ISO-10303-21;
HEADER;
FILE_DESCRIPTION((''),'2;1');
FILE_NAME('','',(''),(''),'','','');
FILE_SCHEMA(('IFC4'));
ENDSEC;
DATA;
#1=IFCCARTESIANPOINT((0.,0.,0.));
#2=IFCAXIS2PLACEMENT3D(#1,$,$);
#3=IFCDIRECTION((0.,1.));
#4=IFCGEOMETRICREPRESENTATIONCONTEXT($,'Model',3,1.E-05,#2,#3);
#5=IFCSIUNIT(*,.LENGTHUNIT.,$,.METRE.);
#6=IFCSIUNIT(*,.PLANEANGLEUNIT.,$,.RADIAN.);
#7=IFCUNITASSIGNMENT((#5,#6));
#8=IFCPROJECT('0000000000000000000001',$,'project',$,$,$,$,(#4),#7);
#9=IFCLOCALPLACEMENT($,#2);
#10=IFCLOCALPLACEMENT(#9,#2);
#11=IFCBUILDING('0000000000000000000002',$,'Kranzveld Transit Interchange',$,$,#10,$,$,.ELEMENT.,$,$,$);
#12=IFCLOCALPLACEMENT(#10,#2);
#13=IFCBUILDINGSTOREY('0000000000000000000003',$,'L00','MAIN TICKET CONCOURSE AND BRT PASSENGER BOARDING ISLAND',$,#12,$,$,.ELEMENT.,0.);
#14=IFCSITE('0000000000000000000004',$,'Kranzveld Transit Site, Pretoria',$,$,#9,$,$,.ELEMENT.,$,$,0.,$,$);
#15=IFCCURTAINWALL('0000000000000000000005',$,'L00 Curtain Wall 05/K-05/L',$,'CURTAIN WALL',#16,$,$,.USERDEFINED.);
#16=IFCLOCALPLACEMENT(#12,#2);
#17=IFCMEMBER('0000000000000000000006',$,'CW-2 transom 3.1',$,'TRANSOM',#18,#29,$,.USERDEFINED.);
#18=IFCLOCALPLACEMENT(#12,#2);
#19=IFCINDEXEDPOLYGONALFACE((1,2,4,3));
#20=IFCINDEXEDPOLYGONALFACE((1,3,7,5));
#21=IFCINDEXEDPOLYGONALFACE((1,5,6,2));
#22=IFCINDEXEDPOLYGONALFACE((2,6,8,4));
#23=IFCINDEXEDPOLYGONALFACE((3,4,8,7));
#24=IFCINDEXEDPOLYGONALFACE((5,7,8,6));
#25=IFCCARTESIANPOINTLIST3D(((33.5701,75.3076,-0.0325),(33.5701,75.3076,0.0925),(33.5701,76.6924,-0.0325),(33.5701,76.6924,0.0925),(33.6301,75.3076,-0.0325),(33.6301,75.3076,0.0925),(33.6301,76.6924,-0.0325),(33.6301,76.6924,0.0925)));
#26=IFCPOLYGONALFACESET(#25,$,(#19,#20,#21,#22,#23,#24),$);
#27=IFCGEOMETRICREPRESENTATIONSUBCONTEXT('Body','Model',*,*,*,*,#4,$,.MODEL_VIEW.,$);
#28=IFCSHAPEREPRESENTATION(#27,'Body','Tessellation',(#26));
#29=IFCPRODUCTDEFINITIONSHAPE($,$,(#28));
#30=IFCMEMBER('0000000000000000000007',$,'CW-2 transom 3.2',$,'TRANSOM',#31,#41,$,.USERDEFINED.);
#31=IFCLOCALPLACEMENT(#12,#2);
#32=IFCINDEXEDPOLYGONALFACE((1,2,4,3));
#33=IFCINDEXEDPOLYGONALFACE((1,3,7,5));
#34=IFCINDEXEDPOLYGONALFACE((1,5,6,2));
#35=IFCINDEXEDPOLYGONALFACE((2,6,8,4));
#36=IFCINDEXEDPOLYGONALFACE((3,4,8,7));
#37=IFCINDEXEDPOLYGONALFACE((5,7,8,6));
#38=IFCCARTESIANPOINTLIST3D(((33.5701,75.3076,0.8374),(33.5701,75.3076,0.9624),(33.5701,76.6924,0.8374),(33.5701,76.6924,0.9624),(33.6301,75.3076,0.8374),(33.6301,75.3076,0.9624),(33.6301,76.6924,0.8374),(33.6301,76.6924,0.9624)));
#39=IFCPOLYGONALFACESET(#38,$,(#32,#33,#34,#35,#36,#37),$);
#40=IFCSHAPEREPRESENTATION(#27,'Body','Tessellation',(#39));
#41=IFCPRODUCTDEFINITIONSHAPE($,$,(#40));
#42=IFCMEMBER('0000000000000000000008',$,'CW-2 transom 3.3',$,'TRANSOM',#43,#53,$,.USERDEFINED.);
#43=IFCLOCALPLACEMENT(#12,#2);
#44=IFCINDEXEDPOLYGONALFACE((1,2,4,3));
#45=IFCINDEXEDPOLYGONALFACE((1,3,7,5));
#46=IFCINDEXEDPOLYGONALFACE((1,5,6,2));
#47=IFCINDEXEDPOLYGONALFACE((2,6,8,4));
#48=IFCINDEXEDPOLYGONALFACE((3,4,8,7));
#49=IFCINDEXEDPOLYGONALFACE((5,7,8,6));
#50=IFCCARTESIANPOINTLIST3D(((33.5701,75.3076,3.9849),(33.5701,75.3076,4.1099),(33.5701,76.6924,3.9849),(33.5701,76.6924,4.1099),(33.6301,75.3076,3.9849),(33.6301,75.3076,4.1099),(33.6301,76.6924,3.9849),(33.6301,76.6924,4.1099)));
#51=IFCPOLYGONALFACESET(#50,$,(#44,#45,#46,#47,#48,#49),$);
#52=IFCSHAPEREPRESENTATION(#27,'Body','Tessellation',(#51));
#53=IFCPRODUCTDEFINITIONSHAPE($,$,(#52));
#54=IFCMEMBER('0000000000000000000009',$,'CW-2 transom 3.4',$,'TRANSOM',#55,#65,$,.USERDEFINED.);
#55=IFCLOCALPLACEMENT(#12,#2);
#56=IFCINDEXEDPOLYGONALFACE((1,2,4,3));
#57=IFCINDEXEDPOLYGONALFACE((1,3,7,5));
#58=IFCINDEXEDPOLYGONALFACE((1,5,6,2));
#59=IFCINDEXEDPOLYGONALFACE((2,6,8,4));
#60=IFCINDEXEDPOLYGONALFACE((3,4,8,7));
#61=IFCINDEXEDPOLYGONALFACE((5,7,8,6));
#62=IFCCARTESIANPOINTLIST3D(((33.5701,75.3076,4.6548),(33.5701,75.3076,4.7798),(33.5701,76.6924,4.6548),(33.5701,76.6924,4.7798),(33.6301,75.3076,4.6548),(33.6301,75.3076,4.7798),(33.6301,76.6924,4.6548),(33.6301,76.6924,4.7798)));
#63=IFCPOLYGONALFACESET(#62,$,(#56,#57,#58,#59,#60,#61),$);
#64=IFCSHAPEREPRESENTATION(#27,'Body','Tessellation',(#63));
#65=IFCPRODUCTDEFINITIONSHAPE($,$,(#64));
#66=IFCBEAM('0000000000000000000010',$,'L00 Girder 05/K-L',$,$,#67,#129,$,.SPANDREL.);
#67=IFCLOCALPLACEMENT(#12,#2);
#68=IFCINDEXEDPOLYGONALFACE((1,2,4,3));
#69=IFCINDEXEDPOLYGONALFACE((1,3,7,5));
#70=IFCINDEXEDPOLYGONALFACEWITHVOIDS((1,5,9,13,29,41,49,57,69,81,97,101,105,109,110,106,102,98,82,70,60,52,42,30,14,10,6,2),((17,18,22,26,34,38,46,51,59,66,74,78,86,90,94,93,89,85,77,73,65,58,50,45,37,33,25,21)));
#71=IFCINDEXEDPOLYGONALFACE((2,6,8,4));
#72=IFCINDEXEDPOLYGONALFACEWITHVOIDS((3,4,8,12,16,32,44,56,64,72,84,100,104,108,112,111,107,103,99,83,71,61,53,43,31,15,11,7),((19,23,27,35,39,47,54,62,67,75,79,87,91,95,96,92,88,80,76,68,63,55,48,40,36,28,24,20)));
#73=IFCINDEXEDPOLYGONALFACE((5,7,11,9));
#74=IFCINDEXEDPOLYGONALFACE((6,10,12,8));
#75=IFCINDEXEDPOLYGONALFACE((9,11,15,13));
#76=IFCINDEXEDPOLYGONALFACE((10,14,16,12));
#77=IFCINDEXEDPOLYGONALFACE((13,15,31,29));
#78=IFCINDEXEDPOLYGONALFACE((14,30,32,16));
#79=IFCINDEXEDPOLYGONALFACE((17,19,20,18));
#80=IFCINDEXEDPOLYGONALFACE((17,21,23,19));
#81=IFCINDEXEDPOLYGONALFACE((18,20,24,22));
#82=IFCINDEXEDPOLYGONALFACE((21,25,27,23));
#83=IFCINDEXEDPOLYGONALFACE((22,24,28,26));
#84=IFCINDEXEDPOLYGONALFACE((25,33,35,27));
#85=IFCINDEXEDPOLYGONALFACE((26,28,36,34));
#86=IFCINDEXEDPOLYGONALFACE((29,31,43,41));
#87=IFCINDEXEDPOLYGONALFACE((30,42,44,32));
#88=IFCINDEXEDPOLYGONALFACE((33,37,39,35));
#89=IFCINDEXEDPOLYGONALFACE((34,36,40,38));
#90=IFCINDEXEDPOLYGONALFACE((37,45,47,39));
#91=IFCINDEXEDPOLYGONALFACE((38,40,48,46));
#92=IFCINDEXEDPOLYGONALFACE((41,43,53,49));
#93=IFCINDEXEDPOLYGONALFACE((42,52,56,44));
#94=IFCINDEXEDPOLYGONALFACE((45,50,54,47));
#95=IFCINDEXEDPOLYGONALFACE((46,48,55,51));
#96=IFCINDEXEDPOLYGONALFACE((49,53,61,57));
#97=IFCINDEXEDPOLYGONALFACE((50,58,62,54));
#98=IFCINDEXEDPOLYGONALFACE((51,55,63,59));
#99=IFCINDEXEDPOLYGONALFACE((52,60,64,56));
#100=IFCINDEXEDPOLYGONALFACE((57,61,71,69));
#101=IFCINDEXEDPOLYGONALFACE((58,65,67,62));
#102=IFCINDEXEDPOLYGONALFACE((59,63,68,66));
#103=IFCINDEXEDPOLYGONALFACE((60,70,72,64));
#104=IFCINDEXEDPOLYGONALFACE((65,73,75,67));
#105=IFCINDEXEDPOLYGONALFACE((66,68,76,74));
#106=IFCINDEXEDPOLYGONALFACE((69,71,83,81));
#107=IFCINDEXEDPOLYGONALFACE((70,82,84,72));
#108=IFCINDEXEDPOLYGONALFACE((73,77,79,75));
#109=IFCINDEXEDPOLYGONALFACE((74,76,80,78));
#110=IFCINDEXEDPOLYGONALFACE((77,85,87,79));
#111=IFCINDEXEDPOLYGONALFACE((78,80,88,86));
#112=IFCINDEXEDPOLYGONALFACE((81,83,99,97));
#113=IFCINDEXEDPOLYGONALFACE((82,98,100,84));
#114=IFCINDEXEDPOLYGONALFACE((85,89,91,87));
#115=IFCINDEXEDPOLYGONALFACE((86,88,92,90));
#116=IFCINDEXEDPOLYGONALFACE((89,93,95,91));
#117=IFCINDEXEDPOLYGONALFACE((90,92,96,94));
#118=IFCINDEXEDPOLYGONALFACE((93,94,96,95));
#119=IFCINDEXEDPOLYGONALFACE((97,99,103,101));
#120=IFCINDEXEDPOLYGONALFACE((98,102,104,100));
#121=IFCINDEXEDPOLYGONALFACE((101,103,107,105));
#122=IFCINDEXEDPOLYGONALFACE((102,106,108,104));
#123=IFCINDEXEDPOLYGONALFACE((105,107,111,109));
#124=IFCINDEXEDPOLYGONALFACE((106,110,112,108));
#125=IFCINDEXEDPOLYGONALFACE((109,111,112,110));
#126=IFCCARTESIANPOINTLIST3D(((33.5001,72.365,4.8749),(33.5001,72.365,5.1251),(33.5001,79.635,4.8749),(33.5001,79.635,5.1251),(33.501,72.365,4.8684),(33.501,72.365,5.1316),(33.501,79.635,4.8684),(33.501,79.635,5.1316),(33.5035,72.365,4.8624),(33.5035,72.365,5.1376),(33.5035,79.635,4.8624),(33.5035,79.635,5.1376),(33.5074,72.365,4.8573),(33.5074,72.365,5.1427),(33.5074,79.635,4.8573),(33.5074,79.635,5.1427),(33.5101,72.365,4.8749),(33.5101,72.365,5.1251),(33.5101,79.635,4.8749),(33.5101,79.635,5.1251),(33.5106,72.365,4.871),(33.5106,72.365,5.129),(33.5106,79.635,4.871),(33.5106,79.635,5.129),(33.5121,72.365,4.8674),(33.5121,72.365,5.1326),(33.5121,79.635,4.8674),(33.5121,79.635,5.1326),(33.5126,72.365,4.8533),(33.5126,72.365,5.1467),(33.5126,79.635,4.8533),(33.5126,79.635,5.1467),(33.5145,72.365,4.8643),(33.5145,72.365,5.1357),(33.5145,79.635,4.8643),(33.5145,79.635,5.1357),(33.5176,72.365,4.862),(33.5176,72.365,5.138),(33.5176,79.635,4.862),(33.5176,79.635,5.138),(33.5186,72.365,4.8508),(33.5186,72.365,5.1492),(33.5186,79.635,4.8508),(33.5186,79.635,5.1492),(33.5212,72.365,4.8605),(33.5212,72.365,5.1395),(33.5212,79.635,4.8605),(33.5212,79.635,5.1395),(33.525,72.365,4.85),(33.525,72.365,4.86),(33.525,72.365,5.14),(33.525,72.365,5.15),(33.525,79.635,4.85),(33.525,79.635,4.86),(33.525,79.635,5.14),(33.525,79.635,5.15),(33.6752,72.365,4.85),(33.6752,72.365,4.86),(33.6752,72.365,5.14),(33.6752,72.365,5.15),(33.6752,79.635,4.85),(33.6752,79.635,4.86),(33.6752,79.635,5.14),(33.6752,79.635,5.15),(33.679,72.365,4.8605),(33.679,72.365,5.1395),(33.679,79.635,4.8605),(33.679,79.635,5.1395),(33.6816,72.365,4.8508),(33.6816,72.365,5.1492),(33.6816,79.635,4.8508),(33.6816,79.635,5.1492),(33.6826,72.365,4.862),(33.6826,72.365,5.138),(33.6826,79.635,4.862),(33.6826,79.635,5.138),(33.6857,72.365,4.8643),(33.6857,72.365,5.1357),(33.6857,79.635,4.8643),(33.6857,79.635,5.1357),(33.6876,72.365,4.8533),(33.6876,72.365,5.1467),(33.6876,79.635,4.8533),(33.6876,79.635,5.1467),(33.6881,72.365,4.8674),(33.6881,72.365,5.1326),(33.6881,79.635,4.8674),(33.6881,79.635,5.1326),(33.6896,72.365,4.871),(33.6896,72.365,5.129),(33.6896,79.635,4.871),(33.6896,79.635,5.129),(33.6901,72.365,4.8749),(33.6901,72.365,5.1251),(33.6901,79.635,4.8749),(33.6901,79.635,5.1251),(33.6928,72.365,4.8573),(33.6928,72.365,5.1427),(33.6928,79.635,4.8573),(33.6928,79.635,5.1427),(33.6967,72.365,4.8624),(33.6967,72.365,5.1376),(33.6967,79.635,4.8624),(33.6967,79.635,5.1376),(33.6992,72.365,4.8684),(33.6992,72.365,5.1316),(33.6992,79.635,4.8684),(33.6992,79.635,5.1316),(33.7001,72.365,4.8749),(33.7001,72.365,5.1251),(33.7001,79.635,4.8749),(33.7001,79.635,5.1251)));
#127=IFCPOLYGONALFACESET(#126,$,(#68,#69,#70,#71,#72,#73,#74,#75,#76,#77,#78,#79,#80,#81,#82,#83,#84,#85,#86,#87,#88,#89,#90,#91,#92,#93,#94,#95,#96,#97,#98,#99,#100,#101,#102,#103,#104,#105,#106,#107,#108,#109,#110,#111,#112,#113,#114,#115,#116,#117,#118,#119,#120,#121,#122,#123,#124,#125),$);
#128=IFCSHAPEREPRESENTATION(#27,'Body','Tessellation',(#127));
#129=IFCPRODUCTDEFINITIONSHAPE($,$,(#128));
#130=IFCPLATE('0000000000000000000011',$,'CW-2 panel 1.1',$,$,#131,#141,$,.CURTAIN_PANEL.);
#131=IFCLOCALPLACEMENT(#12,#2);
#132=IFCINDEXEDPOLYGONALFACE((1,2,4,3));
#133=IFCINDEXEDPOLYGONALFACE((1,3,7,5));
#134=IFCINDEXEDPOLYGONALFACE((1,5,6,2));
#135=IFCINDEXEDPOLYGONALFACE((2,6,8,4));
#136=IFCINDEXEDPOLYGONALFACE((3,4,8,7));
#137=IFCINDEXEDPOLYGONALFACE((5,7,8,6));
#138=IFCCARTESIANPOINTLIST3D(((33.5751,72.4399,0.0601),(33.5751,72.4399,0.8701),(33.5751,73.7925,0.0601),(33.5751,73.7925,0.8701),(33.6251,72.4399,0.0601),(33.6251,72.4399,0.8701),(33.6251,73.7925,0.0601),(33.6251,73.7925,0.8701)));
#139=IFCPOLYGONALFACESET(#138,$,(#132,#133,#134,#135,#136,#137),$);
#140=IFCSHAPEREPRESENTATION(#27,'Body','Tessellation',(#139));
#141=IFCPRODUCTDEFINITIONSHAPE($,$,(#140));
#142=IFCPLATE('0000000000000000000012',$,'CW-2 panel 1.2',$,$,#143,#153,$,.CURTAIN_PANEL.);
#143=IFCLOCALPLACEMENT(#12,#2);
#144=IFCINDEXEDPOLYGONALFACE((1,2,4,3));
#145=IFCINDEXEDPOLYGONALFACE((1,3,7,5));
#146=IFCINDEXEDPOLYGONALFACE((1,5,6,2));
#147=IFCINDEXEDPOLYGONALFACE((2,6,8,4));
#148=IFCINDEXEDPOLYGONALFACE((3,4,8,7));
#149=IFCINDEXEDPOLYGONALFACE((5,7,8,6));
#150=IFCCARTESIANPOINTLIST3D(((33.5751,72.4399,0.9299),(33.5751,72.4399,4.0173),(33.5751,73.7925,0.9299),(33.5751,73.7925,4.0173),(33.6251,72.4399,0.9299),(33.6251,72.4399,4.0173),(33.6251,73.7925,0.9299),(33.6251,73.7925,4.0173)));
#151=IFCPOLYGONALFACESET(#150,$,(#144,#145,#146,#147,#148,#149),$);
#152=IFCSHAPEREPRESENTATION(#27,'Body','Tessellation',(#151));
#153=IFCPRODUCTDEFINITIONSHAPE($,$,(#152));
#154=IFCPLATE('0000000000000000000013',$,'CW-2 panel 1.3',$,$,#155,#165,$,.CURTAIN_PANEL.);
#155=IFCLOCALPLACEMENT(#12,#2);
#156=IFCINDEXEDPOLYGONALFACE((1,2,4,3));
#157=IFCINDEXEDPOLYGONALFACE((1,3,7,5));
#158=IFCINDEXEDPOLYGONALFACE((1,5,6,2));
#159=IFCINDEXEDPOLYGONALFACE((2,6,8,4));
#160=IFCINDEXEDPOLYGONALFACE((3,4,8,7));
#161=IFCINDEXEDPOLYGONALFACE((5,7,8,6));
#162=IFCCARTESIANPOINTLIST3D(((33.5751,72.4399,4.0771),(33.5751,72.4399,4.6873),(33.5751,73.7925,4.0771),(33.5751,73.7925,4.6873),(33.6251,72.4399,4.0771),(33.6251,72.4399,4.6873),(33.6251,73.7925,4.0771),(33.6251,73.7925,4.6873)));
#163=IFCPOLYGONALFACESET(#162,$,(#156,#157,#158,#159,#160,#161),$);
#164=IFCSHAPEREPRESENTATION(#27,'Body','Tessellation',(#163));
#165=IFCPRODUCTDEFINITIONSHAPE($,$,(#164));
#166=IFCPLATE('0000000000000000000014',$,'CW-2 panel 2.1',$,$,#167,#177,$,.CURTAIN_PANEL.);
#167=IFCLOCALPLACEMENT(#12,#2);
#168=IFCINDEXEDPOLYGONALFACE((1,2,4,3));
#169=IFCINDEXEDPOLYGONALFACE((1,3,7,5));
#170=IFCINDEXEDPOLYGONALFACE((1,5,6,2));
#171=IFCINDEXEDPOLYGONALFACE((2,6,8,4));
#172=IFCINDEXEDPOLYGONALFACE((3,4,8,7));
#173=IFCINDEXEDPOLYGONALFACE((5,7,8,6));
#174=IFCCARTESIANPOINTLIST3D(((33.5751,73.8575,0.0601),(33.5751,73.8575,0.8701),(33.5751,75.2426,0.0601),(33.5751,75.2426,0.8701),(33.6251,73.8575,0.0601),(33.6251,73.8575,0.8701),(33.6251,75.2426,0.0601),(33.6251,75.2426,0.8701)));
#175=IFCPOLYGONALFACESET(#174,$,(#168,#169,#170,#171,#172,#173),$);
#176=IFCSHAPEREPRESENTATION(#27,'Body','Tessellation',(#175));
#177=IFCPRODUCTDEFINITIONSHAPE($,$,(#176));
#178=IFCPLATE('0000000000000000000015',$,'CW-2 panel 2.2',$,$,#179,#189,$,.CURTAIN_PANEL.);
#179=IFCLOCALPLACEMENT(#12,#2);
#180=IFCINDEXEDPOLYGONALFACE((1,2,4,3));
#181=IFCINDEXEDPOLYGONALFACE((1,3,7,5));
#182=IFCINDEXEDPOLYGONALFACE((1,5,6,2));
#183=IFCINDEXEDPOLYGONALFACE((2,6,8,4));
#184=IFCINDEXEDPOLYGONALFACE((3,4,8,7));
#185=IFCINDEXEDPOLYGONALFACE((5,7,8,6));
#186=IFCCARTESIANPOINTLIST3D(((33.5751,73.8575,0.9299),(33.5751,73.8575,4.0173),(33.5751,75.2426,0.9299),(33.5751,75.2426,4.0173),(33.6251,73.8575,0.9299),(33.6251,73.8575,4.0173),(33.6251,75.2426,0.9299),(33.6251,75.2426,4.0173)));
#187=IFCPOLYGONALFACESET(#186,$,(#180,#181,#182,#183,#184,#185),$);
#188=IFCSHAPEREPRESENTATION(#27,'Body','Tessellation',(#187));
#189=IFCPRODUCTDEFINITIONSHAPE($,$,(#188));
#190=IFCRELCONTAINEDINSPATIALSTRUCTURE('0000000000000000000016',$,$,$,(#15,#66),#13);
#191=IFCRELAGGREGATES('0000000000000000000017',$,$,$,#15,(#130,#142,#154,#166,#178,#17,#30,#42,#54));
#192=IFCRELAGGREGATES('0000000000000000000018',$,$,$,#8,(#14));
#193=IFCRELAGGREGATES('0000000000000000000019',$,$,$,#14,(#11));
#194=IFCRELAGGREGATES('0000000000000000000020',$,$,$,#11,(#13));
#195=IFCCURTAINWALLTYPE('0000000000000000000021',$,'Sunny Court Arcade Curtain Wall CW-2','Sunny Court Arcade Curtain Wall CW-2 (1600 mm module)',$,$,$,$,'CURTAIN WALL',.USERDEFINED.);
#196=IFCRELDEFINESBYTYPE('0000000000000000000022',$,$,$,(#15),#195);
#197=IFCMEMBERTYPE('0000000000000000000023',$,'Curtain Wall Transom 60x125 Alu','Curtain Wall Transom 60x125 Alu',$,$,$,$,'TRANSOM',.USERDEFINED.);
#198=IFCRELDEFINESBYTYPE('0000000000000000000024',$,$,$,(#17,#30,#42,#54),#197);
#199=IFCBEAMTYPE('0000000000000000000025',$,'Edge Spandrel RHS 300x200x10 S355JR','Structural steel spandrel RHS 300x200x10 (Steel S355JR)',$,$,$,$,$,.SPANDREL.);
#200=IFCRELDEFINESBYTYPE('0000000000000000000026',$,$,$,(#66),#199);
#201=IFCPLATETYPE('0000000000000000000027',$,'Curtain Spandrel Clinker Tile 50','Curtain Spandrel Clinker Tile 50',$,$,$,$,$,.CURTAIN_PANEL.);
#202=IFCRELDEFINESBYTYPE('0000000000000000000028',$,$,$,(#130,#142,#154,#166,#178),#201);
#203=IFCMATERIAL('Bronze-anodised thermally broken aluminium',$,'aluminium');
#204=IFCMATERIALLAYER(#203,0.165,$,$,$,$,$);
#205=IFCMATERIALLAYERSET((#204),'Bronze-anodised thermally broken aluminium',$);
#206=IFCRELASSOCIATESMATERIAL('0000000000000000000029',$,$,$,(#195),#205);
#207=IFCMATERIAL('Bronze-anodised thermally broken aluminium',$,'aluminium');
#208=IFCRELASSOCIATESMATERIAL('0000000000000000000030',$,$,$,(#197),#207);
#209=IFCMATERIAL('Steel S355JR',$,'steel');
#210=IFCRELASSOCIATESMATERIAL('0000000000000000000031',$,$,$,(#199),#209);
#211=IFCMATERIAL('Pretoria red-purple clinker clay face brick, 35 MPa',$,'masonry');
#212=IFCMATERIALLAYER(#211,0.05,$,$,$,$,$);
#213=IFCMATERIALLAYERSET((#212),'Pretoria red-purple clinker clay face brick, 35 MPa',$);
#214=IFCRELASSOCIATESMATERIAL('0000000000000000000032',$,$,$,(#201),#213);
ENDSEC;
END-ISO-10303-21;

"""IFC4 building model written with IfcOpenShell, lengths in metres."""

from ifc_helpers import new_model, si_unit, direction, frame, origin, origin_2d, place, context, subcontext, project, spatial, rectangle, hollow_rectangle, extrude, material, layer, layer_set, material_profile, profile_set, type_object, element, aggregate, save


model = new_model("IFC4")

# Units and contexts
model_context = context("Model", 3, precision=1e-05, world=origin(), true_north=direction((0.0, 1.0)))
body_context = subcontext(model_context, "Body", "Model", "MODEL_VIEW")
ifc_project = project(units=[si_unit("LENGTHUNIT", "METRE"), si_unit("PLANEANGLEUNIT", "RADIAN")], contexts=[model_context])

# Site, building, storey
site_placement = place(None, origin())
site = spatial("IfcSite", under=ifc_project, at=site_placement, Name="Kranzveld Transit Site, Pretoria", CompositionType="ELEMENT", RefElevation=0.0)
building_placement = place(site_placement, origin())
building = spatial("IfcBuilding", under=site, at=building_placement, Name="Kranzveld Transit Interchange", CompositionType="ELEMENT")
storey_placement = place(building_placement, origin())
storey = spatial("IfcBuildingStorey", under=building, at=storey_placement, Name="L00", Description="MAIN TICKET CONCOURSE AND BRT PASSENGER BOARDING ISLAND", CompositionType="ELEMENT", Elevation=0.0)

# Curtain wall
ifc_material_1 = material(Name="Bronze-anodised thermally broken aluminium", Category="aluminium")
ifc_layer_1 = layer(ifc_material_1, 0.165)
ifc_layer_set_1 = layer_set([ifc_layer_1], Name="Bronze-anodised thermally broken aluminium")
curtain_wall_type_1 = type_object("IfcCurtainWallType", Name="Sunny Court Arcade Curtain Wall CW-2", Description="Sunny Court Arcade Curtain Wall CW-2 (1600 mm module)", ElementType="CURTAIN WALL", PredefinedType="USERDEFINED", material=ifc_layer_set_1)
curtain_wall_1_placement = place(storey_placement, origin())
curtain_wall_1 = element("IfcCurtainWall", 1, at=curtain_wall_1_placement, inside=storey, type_object=curtain_wall_type_1, Name="L00 Curtain Wall 05/K-05/L", ObjectType="CURTAIN WALL", PredefinedType="USERDEFINED")

# Members
ifc_material_2 = material(Name="Bronze-anodised thermally broken aluminium", Category="aluminium")
ifc_material_profile_1 = material_profile(ifc_material_2, rectangle(XDim=0.0601, YDim=0.125, at=origin_2d()), Name="ALU TRANSOM 60x125")
ifc_profile_set_1 = profile_set([ifc_material_profile_1], Name="Bronze-anodised thermally broken aluminium")
member_type_1 = type_object("IfcMemberType", Name="Curtain Wall Transom 60x125 Alu", Description="Curtain Wall Transom 60x125 Alu", ElementType="TRANSOM", PredefinedType="USERDEFINED", material=ifc_profile_set_1)
member_1_placement = place(storey_placement, frame((33.6001, 75.3076, 0.03), z_axis=(0.0, 1.0, 0.0), x_axis=(-1.0, 0.0, 0.0)))
member_1 = element("IfcMember", 2, at=member_1_placement, type_object=member_type_1, Name="CW-2 transom 3.1", ObjectType="TRANSOM", PredefinedType="USERDEFINED", context=body_context, shape_type="SweptSolid", body=[
    extrude(rectangle(XDim=0.0601, YDim=0.125, at=origin_2d()), origin(), (0.0, 0.0, 1.0), 1.3848),
])
member_2_placement = place(storey_placement, frame((33.6001, 75.3076, 0.8999), z_axis=(0.0, 1.0, 0.0), x_axis=(-1.0, 0.0, 0.0)))
member_2 = element("IfcMember", 3, at=member_2_placement, type_object=member_type_1, Name="CW-2 transom 3.2", ObjectType="TRANSOM", PredefinedType="USERDEFINED", context=body_context, shape_type="SweptSolid", body=[
    extrude(rectangle(XDim=0.0601, YDim=0.125, at=origin_2d()), origin(), (0.0, 0.0, 1.0), 1.3848),
])
member_3_placement = place(storey_placement, frame((33.6001, 75.3076, 4.0474), z_axis=(0.0, 1.0, 0.0), x_axis=(-1.0, 0.0, 0.0)))
member_3 = element("IfcMember", 4, at=member_3_placement, type_object=member_type_1, Name="CW-2 transom 3.3", ObjectType="TRANSOM", PredefinedType="USERDEFINED", context=body_context, shape_type="SweptSolid", body=[
    extrude(rectangle(XDim=0.0601, YDim=0.125, at=origin_2d()), origin(), (0.0, 0.0, 1.0), 1.3848),
])
member_4_placement = place(storey_placement, frame((33.6001, 75.3076, 4.7173), z_axis=(0.0, 1.0, 0.0), x_axis=(-1.0, 0.0, 0.0)))
member_4 = element("IfcMember", 5, at=member_4_placement, type_object=member_type_1, Name="CW-2 transom 3.4", ObjectType="TRANSOM", PredefinedType="USERDEFINED", context=body_context, shape_type="SweptSolid", body=[
    extrude(rectangle(XDim=0.0601, YDim=0.125, at=origin_2d()), origin(), (0.0, 0.0, 1.0), 1.3848),
])

# Beam
ifc_material_3 = material(Name="Steel S355JR", Category="steel")
ifc_material_profile_2 = material_profile(ifc_material_3, hollow_rectangle(XDim=0.2, YDim=0.3, WallThickness=0.01, InnerFilletRadius=0.0149, OuterFilletRadius=0.0249, at=origin_2d()), Name="RHS 300x200x10")
ifc_profile_set_2 = profile_set([ifc_material_profile_2], Name="Steel S355JR")
beam_type = type_object("IfcBeamType", Name="Edge Spandrel RHS 300x200x10 S355JR", Description="Structural steel spandrel RHS 300x200x10 (Steel S355JR)", PredefinedType="SPANDREL", material=ifc_profile_set_2)
beam_placement = place(storey_placement, frame((33.6001, 72.365, 5.0), z_axis=(0.0, 1.0, 0.0), x_axis=(-1.0, 0.0, 0.0)))
element("IfcBeam", 6, at=beam_placement, inside=storey, type_object=beam_type, Name="L00 Girder 05/K-L", PredefinedType="SPANDREL", context=body_context, shape_type="SweptSolid", body=[
    extrude(hollow_rectangle(XDim=0.2, YDim=0.3, WallThickness=0.01, InnerFilletRadius=0.0149, OuterFilletRadius=0.0249, at=origin_2d()), origin(), (0.0, 0.0, 1.0), 7.27),
])

# Plates
ifc_material_4 = material(Name="Pretoria red-purple clinker clay face brick, 35 MPa", Category="masonry")
ifc_layer_2 = layer(ifc_material_4, 0.05)
ifc_layer_set_2 = layer_set([ifc_layer_2], Name="Pretoria red-purple clinker clay face brick, 35 MPa")
plate_type_1 = type_object("IfcPlateType", Name="Curtain Spandrel Clinker Tile 50", Description="Curtain Spandrel Clinker Tile 50", PredefinedType="CURTAIN_PANEL", material=ifc_layer_set_2)
plate_1_placement = place(storey_placement, frame((33.6001, 73.1162, 0.0601), z_axis=(0.0, 0.0, 1.0), x_axis=(0.0, 1.0, 0.0)))
plate_1 = element("IfcPlate", 7, at=plate_1_placement, type_object=plate_type_1, Name="CW-2 panel 1.1", PredefinedType="CURTAIN_PANEL", context=body_context, shape_type="SweptSolid", body=[
    extrude(rectangle(XDim=1.3525, YDim=0.05, at=origin_2d()), origin(), (0.0, 0.0, 1.0), 0.8101),
])
plate_2_placement = place(storey_placement, frame((33.6001, 73.1162, 0.9299), z_axis=(0.0, 0.0, 1.0), x_axis=(0.0, 1.0, 0.0)))
plate_2 = element("IfcPlate", 8, at=plate_2_placement, type_object=plate_type_1, Name="CW-2 panel 1.2", PredefinedType="CURTAIN_PANEL", context=body_context, shape_type="SweptSolid", body=[
    extrude(rectangle(XDim=1.3525, YDim=0.05, at=origin_2d()), origin(), (0.0, 0.0, 1.0), 3.0874),
])
plate_3_placement = place(storey_placement, frame((33.6001, 73.1162, 4.0771), z_axis=(0.0, 0.0, 1.0), x_axis=(0.0, 1.0, 0.0)))
plate_3 = element("IfcPlate", 9, at=plate_3_placement, type_object=plate_type_1, Name="CW-2 panel 1.3", PredefinedType="CURTAIN_PANEL", context=body_context, shape_type="SweptSolid", body=[
    extrude(rectangle(XDim=1.3525, YDim=0.05, at=origin_2d()), origin(), (0.0, 0.0, 1.0), 0.6101),
])
plate_4_placement = place(storey_placement, frame((33.6001, 74.55, 0.0601), z_axis=(0.0, 0.0, 1.0), x_axis=(0.0, 1.0, 0.0)))
plate_4 = element("IfcPlate", 10, at=plate_4_placement, type_object=plate_type_1, Name="CW-2 panel 2.1", PredefinedType="CURTAIN_PANEL", context=body_context, shape_type="SweptSolid", body=[
    extrude(rectangle(XDim=1.385, YDim=0.05, at=origin_2d()), origin(), (0.0, 0.0, 1.0), 0.8101),
])
plate_5_placement = place(storey_placement, frame((33.6001, 74.55, 0.9299), z_axis=(0.0, 0.0, 1.0), x_axis=(0.0, 1.0, 0.0)))
plate_5 = element("IfcPlate", 11, at=plate_5_placement, type_object=plate_type_1, Name="CW-2 panel 2.2", PredefinedType="CURTAIN_PANEL", context=body_context, shape_type="SweptSolid", body=[
    extrude(rectangle(XDim=1.385, YDim=0.05, at=origin_2d()), origin(), (0.0, 0.0, 1.0), 3.0874),
])
aggregate(curtain_wall_1, [plate_1, plate_2, plate_3, plate_4, plate_5, member_1, member_2, member_3, member_4])

save(model, "model.ifc")
